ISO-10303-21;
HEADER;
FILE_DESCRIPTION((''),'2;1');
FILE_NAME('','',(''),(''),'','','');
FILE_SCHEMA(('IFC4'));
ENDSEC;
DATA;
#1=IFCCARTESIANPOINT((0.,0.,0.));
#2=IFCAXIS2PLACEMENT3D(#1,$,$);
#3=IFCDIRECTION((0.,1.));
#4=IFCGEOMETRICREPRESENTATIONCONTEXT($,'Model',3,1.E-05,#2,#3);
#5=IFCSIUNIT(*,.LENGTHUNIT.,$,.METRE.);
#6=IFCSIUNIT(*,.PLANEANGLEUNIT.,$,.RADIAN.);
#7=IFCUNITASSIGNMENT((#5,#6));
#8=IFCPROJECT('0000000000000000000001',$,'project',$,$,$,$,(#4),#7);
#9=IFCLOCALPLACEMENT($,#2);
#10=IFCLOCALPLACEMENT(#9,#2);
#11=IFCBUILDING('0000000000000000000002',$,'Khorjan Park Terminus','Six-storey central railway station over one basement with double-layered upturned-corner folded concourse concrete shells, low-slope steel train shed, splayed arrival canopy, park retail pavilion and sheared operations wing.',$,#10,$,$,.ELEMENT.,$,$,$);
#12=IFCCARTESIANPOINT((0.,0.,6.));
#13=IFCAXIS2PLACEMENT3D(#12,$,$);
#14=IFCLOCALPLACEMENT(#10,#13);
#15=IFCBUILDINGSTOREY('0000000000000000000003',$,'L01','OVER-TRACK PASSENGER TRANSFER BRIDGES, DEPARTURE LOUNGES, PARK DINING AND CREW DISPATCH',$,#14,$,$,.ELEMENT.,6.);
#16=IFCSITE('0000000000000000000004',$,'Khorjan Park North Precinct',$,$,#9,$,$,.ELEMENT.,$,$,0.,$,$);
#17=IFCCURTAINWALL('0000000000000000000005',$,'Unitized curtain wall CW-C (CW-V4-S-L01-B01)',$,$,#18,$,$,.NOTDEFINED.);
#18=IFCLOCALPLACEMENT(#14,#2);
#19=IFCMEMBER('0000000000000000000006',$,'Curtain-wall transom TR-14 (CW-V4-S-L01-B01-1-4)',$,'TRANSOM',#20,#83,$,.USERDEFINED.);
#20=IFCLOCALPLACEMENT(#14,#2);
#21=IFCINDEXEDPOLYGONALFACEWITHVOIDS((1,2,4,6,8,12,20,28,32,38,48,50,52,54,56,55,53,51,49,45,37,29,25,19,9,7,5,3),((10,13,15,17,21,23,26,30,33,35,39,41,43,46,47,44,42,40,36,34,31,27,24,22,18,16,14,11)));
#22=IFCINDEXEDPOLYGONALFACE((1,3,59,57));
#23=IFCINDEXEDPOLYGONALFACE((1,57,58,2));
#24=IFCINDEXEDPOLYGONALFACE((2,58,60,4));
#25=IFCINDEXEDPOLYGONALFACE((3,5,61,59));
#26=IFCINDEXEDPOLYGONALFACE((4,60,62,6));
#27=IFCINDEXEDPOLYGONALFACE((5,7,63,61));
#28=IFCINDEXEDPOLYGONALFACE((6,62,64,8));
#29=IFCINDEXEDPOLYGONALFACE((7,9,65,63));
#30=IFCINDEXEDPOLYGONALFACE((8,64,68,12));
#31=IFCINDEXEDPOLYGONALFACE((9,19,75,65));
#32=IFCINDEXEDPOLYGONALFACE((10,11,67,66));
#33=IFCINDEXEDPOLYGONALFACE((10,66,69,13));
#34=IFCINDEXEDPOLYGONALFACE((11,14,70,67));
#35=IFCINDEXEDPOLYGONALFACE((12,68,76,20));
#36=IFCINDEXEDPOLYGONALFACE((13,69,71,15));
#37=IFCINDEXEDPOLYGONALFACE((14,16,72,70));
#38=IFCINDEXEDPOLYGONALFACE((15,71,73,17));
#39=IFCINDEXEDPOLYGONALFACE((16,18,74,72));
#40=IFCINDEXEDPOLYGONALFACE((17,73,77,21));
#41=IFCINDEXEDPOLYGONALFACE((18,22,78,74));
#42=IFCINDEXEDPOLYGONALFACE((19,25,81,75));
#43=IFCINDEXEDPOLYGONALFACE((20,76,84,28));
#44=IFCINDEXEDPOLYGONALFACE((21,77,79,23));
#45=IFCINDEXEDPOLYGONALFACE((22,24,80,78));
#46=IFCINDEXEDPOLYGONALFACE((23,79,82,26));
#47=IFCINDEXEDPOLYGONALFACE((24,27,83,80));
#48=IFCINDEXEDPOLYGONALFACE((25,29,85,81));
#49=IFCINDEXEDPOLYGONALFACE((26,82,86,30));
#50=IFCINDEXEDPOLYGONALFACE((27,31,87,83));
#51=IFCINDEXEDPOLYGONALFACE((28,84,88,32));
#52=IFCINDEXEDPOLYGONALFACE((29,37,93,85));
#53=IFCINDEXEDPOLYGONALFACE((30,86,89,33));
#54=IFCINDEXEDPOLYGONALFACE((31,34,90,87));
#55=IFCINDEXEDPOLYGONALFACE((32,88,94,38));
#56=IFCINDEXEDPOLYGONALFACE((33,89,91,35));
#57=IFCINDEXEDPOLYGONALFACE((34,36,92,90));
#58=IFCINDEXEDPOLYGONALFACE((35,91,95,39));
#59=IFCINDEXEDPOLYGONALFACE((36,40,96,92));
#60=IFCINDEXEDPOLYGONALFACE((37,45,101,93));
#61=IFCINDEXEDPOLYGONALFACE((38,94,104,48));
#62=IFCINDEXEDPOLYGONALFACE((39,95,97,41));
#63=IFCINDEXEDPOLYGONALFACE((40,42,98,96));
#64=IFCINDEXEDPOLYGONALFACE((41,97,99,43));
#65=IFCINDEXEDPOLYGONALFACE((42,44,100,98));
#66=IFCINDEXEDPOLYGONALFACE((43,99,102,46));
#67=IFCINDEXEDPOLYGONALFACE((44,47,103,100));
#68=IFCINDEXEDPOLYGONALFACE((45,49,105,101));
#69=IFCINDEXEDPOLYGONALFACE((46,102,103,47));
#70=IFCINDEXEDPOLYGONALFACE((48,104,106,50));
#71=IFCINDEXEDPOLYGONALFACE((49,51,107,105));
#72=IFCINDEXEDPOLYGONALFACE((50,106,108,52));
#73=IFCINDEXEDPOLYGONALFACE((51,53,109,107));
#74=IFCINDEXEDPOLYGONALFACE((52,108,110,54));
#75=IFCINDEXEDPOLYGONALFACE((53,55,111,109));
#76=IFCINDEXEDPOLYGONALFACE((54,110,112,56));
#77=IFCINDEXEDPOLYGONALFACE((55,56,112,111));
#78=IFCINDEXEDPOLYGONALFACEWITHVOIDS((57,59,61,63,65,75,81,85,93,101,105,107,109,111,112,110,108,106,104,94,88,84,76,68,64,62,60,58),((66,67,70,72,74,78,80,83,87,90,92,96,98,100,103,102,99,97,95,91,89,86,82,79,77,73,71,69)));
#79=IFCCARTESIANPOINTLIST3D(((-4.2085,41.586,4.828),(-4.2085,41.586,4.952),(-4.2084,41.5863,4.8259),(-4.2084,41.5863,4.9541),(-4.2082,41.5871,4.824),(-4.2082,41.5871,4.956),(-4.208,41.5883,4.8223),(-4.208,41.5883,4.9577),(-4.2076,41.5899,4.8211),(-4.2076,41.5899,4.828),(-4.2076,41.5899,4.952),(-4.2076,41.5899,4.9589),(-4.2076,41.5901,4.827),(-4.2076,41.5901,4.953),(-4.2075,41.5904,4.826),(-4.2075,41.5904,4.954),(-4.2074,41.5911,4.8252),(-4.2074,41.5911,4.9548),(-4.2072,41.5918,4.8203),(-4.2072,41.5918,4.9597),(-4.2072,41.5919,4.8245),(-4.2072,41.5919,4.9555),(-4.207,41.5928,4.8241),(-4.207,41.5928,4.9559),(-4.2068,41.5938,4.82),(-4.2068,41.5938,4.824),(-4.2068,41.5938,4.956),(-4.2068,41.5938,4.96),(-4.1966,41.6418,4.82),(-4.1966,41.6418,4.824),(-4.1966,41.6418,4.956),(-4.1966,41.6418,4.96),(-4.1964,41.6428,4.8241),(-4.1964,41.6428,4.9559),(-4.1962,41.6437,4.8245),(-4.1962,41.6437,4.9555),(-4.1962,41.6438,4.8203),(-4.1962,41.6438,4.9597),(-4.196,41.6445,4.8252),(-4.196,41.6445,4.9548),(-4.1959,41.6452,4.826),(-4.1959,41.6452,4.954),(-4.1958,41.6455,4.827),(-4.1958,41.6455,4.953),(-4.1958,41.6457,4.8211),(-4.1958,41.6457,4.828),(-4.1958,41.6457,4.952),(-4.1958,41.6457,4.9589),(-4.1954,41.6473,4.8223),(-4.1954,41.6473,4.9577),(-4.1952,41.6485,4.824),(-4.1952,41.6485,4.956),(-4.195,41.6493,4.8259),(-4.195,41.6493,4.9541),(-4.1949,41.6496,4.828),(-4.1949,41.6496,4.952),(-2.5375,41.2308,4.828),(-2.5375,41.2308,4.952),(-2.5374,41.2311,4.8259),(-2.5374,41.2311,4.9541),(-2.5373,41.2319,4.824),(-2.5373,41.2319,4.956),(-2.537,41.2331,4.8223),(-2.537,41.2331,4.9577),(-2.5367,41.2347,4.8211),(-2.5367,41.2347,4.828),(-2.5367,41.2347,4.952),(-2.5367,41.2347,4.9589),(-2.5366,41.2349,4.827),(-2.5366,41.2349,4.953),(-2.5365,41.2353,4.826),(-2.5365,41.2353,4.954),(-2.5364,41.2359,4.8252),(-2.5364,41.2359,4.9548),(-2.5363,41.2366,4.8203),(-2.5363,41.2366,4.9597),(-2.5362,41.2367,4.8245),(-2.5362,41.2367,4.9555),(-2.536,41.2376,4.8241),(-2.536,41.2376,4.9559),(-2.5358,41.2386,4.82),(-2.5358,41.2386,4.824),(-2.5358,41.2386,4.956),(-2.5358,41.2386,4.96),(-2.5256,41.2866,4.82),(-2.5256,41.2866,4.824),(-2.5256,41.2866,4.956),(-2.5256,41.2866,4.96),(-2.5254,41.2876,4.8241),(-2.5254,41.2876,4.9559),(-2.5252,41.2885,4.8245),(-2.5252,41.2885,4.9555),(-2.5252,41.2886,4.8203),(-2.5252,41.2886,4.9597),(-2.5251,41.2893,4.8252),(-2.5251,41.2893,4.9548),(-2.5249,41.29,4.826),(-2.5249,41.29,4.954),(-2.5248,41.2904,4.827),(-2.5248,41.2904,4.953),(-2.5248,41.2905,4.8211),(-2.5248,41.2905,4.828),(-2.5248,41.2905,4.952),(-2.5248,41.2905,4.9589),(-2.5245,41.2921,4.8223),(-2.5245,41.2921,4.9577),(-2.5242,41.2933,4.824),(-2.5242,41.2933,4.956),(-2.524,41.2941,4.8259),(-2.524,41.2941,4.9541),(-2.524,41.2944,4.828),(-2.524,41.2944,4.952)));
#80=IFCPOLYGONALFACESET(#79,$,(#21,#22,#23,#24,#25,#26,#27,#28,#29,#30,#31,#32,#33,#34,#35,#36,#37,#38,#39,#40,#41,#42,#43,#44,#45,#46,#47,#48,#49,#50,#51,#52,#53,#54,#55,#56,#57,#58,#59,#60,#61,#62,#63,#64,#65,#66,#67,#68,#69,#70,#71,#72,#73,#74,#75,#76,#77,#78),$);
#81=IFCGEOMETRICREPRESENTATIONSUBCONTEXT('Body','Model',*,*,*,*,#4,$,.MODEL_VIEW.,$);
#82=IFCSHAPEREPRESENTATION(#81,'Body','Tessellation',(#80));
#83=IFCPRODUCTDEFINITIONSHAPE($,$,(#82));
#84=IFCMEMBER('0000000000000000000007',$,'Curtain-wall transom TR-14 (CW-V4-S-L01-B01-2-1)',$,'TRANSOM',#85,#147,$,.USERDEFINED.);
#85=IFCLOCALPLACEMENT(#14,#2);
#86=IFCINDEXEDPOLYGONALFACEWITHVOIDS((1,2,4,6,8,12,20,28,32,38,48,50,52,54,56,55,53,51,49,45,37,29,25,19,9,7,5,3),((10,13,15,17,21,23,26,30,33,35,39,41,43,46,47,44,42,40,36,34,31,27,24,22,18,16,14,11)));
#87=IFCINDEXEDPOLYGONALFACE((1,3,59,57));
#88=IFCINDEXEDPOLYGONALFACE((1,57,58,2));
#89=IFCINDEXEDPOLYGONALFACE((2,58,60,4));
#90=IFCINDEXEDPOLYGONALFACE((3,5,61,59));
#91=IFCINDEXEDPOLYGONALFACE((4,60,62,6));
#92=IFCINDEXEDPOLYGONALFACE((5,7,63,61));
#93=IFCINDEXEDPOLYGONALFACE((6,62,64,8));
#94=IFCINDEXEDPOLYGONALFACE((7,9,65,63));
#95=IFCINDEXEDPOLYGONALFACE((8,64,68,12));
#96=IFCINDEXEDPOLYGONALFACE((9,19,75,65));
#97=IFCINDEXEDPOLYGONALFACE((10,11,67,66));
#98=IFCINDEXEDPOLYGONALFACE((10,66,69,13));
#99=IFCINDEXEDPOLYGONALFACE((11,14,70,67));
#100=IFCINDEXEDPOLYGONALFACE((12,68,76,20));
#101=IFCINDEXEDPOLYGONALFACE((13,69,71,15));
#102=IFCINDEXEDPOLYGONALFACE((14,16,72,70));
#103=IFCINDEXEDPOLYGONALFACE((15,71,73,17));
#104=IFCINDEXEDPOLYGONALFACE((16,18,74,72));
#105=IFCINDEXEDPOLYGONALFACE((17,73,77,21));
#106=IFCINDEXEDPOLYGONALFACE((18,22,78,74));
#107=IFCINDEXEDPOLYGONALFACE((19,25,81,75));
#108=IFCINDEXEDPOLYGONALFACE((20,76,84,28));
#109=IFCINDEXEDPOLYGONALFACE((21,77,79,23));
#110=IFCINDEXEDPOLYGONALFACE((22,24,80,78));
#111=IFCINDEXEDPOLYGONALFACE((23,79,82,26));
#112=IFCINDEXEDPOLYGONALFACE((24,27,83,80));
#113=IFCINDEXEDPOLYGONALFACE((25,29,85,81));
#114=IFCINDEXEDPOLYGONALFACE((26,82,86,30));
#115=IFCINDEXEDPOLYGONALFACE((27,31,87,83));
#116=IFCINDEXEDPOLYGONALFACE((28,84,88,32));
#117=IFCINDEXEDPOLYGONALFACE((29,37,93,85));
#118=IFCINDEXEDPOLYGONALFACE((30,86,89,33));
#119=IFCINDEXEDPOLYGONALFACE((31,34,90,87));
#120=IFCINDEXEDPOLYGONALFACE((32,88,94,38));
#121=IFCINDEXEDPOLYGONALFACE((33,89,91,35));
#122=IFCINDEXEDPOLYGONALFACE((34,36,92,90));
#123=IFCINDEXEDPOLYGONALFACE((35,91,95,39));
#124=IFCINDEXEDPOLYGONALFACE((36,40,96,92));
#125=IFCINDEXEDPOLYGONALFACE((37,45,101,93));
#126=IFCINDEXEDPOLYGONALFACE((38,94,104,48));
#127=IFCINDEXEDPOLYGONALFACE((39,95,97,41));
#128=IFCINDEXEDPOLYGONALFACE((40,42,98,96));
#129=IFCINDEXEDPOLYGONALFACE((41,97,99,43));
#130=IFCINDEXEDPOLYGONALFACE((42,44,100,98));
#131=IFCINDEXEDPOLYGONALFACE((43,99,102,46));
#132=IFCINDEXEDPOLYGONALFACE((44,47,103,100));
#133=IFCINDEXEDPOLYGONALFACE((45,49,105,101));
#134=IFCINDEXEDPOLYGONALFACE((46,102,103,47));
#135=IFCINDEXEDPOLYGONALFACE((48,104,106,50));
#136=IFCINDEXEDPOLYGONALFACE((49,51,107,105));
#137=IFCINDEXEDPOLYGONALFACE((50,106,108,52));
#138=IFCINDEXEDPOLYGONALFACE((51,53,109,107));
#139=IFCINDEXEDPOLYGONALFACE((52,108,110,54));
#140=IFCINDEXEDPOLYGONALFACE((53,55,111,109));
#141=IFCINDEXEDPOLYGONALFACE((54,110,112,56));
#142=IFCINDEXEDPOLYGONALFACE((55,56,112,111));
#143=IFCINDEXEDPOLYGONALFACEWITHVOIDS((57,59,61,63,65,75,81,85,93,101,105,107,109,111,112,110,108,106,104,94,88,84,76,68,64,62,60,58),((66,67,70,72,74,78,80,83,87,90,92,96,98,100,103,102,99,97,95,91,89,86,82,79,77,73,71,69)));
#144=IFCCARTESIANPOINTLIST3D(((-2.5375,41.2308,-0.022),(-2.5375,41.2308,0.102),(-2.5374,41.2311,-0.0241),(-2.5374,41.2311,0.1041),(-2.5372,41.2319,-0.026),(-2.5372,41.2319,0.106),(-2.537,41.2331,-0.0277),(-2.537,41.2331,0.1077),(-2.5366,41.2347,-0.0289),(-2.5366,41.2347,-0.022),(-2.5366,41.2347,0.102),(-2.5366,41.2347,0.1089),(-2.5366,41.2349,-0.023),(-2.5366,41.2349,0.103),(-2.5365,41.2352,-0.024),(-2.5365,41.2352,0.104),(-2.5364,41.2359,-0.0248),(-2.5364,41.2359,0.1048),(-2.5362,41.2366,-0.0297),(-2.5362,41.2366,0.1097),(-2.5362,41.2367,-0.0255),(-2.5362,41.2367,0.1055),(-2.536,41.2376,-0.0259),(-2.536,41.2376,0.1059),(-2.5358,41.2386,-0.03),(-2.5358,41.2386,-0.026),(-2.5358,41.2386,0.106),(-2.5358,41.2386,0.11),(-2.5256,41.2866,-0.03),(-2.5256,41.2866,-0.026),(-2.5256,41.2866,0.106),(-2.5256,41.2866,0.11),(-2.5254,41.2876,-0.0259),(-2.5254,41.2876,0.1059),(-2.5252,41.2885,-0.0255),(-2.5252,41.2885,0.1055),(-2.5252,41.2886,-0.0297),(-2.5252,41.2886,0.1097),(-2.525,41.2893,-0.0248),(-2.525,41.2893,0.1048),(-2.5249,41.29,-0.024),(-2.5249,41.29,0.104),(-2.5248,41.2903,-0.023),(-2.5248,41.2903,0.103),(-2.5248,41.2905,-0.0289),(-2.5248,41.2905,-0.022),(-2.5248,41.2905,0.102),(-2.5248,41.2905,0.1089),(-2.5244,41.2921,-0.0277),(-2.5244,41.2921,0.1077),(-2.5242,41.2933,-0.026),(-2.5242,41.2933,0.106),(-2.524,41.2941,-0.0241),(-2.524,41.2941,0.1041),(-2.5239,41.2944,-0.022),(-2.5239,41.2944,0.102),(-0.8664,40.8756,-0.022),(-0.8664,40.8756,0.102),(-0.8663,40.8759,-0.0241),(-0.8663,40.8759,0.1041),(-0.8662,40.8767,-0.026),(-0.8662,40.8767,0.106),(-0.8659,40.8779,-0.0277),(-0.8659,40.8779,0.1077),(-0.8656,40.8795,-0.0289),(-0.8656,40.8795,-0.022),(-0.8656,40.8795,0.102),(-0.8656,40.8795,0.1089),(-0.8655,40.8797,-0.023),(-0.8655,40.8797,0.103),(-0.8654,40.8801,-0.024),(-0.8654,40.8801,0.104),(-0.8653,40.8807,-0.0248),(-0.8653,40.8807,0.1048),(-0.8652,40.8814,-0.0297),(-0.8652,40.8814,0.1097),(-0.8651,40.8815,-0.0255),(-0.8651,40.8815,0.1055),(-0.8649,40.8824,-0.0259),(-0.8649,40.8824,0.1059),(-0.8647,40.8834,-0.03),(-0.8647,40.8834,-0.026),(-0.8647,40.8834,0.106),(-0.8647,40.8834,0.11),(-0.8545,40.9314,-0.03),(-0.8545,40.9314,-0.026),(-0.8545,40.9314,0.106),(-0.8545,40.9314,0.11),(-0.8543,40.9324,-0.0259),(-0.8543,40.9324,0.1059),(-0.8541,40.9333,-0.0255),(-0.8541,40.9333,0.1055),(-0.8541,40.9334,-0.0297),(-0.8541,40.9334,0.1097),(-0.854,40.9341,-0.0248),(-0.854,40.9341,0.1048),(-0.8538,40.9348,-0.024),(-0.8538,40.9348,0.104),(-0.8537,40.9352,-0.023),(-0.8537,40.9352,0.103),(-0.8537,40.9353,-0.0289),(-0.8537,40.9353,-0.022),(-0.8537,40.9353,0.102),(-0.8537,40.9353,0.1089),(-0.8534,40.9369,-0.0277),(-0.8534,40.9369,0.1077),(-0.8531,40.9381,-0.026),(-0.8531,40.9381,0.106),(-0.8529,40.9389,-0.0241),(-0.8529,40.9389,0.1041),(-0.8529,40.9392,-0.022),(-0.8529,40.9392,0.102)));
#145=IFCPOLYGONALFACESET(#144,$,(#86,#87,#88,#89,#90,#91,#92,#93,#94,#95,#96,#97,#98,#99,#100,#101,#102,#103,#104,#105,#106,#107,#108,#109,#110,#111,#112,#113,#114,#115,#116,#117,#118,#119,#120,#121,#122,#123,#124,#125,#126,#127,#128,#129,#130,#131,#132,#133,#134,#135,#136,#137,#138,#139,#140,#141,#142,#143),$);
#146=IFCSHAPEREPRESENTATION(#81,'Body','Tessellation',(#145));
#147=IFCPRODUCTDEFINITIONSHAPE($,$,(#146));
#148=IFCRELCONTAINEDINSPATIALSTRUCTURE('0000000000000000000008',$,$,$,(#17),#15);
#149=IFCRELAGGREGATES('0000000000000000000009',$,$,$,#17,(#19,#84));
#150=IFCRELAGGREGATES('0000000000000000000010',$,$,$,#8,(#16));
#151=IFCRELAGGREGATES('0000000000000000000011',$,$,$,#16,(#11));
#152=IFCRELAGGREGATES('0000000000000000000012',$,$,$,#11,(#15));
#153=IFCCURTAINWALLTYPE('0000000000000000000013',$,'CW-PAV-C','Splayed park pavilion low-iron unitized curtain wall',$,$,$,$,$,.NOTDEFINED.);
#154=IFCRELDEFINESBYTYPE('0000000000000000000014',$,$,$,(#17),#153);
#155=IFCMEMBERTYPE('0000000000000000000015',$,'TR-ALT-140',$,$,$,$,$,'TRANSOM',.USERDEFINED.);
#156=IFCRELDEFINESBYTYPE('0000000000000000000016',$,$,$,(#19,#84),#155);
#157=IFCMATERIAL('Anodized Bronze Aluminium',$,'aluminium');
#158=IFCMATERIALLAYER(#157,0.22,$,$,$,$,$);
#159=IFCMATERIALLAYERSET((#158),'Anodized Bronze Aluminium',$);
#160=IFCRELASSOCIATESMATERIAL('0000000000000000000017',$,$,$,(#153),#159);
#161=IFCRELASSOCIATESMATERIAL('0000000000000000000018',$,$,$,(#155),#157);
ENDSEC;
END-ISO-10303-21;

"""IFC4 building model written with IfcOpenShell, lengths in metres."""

from ifc_helpers import new_model, si_unit, direction, frame, origin, origin_2d, place, context, subcontext, project, spatial, hollow_rectangle, extrude, material, layer, layer_set, material_profile, profile_set, type_object, element, aggregate, save


model = new_model("IFC4")

# Units and contexts
model_context = context("Model", 3, precision=1e-05, world=origin(), true_north=direction((0.0, 1.0)))
body_context = subcontext(model_context, "Body", "Model", "MODEL_VIEW")
ifc_project = project(units=[si_unit("LENGTHUNIT", "METRE"), si_unit("PLANEANGLEUNIT", "RADIAN")], contexts=[model_context])

# Site, building, storey
site_placement = place(None, origin())
site = spatial("IfcSite", under=ifc_project, at=site_placement, Name="Khorjan Park North Precinct", CompositionType="ELEMENT", RefElevation=0.0)
building_placement = place(site_placement, origin())
building = spatial("IfcBuilding", under=site, at=building_placement, Name="Khorjan Park Terminus", Description="Six-storey central railway station over one basement with double-layered upturned-corner folded concourse concrete shells, low-slope steel train shed, splayed arrival canopy, park retail pavilion and sheared operations wing.", CompositionType="ELEMENT")
storey_placement = place(building_placement, frame((0.0, 0.0, 6.0)))
storey = spatial("IfcBuildingStorey", under=building, at=storey_placement, Name="L01", Description="OVER-TRACK PASSENGER TRANSFER BRIDGES, DEPARTURE LOUNGES, PARK DINING AND CREW DISPATCH", CompositionType="ELEMENT", Elevation=6.0)

# Curtain wall
ifc_material_1 = material(Name="Anodized Bronze Aluminium", Category="aluminium")
ifc_layer_1 = layer(ifc_material_1, 0.22)
ifc_layer_set_1 = layer_set([ifc_layer_1], Name="Anodized Bronze Aluminium")
curtain_wall_type = type_object("IfcCurtainWallType", Name="CW-PAV-C", Description="Splayed park pavilion low-iron unitized curtain wall", PredefinedType="NOTDEFINED", material=ifc_layer_set_1)
curtain_wall_1_placement = place(storey_placement, origin())
curtain_wall_1 = element("IfcCurtainWall", 1, at=curtain_wall_1_placement, inside=storey, type_object=curtain_wall_type, Name="Unitized curtain wall CW-C (CW-V4-S-L01-B01)", PredefinedType="NOTDEFINED")

# Members
ifc_material_profile_1 = material_profile(ifc_material_1, hollow_rectangle(XDim=0.065, YDim=0.14, WallThickness=0.004, InnerFilletRadius=0.004, OuterFilletRadius=0.008, at=origin_2d()), Name="ALT 65x140x4")
ifc_profile_set_1 = profile_set([ifc_material_profile_1], Name="Anodized Bronze Aluminium")
member_type_1 = type_object("IfcMemberType", Name="TR-ALT-140", ElementType="TRANSOM", PredefinedType="USERDEFINED", material=ifc_profile_set_1)
member_1_placement = place(storey_placement, frame((-4.2017, 41.6178, 4.89), z_axis=(0.978145, -0.207922, 0.0), x_axis=(0.207922, 0.978145, 0.0)))
member_1 = element("IfcMember", 2, at=member_1_placement, type_object=member_type_1, Name="Curtain-wall transom TR-14 (CW-V4-S-L01-B01-1-4)", ObjectType="TRANSOM", PredefinedType="USERDEFINED", context=body_context, shape_type="SweptSolid", body=[
    extrude(hollow_rectangle(XDim=0.065, YDim=0.14, WallThickness=0.004, InnerFilletRadius=0.004, OuterFilletRadius=0.008, at=origin_2d()), origin(), (0.0, 0.0, 1.0), 1.7083),
])
member_2_placement = place(storey_placement, frame((-2.5307, 41.2626, 0.04), z_axis=(0.978148, -0.20791, 0.0), x_axis=(0.20791, 0.978148, 0.0)))
member_2 = element("IfcMember", 3, at=member_2_placement, type_object=member_type_1, Name="Curtain-wall transom TR-14 (CW-V4-S-L01-B01-2-1)", ObjectType="TRANSOM", PredefinedType="USERDEFINED", context=body_context, shape_type="SweptSolid", body=[
    extrude(hollow_rectangle(XDim=0.065, YDim=0.14, WallThickness=0.004, InnerFilletRadius=0.004, OuterFilletRadius=0.008, at=origin_2d()), origin(), (0.0, 0.0, 1.0), 1.7084),
])

aggregate(curtain_wall_1, [member_1, member_2])

save(model, "model.ifc")
